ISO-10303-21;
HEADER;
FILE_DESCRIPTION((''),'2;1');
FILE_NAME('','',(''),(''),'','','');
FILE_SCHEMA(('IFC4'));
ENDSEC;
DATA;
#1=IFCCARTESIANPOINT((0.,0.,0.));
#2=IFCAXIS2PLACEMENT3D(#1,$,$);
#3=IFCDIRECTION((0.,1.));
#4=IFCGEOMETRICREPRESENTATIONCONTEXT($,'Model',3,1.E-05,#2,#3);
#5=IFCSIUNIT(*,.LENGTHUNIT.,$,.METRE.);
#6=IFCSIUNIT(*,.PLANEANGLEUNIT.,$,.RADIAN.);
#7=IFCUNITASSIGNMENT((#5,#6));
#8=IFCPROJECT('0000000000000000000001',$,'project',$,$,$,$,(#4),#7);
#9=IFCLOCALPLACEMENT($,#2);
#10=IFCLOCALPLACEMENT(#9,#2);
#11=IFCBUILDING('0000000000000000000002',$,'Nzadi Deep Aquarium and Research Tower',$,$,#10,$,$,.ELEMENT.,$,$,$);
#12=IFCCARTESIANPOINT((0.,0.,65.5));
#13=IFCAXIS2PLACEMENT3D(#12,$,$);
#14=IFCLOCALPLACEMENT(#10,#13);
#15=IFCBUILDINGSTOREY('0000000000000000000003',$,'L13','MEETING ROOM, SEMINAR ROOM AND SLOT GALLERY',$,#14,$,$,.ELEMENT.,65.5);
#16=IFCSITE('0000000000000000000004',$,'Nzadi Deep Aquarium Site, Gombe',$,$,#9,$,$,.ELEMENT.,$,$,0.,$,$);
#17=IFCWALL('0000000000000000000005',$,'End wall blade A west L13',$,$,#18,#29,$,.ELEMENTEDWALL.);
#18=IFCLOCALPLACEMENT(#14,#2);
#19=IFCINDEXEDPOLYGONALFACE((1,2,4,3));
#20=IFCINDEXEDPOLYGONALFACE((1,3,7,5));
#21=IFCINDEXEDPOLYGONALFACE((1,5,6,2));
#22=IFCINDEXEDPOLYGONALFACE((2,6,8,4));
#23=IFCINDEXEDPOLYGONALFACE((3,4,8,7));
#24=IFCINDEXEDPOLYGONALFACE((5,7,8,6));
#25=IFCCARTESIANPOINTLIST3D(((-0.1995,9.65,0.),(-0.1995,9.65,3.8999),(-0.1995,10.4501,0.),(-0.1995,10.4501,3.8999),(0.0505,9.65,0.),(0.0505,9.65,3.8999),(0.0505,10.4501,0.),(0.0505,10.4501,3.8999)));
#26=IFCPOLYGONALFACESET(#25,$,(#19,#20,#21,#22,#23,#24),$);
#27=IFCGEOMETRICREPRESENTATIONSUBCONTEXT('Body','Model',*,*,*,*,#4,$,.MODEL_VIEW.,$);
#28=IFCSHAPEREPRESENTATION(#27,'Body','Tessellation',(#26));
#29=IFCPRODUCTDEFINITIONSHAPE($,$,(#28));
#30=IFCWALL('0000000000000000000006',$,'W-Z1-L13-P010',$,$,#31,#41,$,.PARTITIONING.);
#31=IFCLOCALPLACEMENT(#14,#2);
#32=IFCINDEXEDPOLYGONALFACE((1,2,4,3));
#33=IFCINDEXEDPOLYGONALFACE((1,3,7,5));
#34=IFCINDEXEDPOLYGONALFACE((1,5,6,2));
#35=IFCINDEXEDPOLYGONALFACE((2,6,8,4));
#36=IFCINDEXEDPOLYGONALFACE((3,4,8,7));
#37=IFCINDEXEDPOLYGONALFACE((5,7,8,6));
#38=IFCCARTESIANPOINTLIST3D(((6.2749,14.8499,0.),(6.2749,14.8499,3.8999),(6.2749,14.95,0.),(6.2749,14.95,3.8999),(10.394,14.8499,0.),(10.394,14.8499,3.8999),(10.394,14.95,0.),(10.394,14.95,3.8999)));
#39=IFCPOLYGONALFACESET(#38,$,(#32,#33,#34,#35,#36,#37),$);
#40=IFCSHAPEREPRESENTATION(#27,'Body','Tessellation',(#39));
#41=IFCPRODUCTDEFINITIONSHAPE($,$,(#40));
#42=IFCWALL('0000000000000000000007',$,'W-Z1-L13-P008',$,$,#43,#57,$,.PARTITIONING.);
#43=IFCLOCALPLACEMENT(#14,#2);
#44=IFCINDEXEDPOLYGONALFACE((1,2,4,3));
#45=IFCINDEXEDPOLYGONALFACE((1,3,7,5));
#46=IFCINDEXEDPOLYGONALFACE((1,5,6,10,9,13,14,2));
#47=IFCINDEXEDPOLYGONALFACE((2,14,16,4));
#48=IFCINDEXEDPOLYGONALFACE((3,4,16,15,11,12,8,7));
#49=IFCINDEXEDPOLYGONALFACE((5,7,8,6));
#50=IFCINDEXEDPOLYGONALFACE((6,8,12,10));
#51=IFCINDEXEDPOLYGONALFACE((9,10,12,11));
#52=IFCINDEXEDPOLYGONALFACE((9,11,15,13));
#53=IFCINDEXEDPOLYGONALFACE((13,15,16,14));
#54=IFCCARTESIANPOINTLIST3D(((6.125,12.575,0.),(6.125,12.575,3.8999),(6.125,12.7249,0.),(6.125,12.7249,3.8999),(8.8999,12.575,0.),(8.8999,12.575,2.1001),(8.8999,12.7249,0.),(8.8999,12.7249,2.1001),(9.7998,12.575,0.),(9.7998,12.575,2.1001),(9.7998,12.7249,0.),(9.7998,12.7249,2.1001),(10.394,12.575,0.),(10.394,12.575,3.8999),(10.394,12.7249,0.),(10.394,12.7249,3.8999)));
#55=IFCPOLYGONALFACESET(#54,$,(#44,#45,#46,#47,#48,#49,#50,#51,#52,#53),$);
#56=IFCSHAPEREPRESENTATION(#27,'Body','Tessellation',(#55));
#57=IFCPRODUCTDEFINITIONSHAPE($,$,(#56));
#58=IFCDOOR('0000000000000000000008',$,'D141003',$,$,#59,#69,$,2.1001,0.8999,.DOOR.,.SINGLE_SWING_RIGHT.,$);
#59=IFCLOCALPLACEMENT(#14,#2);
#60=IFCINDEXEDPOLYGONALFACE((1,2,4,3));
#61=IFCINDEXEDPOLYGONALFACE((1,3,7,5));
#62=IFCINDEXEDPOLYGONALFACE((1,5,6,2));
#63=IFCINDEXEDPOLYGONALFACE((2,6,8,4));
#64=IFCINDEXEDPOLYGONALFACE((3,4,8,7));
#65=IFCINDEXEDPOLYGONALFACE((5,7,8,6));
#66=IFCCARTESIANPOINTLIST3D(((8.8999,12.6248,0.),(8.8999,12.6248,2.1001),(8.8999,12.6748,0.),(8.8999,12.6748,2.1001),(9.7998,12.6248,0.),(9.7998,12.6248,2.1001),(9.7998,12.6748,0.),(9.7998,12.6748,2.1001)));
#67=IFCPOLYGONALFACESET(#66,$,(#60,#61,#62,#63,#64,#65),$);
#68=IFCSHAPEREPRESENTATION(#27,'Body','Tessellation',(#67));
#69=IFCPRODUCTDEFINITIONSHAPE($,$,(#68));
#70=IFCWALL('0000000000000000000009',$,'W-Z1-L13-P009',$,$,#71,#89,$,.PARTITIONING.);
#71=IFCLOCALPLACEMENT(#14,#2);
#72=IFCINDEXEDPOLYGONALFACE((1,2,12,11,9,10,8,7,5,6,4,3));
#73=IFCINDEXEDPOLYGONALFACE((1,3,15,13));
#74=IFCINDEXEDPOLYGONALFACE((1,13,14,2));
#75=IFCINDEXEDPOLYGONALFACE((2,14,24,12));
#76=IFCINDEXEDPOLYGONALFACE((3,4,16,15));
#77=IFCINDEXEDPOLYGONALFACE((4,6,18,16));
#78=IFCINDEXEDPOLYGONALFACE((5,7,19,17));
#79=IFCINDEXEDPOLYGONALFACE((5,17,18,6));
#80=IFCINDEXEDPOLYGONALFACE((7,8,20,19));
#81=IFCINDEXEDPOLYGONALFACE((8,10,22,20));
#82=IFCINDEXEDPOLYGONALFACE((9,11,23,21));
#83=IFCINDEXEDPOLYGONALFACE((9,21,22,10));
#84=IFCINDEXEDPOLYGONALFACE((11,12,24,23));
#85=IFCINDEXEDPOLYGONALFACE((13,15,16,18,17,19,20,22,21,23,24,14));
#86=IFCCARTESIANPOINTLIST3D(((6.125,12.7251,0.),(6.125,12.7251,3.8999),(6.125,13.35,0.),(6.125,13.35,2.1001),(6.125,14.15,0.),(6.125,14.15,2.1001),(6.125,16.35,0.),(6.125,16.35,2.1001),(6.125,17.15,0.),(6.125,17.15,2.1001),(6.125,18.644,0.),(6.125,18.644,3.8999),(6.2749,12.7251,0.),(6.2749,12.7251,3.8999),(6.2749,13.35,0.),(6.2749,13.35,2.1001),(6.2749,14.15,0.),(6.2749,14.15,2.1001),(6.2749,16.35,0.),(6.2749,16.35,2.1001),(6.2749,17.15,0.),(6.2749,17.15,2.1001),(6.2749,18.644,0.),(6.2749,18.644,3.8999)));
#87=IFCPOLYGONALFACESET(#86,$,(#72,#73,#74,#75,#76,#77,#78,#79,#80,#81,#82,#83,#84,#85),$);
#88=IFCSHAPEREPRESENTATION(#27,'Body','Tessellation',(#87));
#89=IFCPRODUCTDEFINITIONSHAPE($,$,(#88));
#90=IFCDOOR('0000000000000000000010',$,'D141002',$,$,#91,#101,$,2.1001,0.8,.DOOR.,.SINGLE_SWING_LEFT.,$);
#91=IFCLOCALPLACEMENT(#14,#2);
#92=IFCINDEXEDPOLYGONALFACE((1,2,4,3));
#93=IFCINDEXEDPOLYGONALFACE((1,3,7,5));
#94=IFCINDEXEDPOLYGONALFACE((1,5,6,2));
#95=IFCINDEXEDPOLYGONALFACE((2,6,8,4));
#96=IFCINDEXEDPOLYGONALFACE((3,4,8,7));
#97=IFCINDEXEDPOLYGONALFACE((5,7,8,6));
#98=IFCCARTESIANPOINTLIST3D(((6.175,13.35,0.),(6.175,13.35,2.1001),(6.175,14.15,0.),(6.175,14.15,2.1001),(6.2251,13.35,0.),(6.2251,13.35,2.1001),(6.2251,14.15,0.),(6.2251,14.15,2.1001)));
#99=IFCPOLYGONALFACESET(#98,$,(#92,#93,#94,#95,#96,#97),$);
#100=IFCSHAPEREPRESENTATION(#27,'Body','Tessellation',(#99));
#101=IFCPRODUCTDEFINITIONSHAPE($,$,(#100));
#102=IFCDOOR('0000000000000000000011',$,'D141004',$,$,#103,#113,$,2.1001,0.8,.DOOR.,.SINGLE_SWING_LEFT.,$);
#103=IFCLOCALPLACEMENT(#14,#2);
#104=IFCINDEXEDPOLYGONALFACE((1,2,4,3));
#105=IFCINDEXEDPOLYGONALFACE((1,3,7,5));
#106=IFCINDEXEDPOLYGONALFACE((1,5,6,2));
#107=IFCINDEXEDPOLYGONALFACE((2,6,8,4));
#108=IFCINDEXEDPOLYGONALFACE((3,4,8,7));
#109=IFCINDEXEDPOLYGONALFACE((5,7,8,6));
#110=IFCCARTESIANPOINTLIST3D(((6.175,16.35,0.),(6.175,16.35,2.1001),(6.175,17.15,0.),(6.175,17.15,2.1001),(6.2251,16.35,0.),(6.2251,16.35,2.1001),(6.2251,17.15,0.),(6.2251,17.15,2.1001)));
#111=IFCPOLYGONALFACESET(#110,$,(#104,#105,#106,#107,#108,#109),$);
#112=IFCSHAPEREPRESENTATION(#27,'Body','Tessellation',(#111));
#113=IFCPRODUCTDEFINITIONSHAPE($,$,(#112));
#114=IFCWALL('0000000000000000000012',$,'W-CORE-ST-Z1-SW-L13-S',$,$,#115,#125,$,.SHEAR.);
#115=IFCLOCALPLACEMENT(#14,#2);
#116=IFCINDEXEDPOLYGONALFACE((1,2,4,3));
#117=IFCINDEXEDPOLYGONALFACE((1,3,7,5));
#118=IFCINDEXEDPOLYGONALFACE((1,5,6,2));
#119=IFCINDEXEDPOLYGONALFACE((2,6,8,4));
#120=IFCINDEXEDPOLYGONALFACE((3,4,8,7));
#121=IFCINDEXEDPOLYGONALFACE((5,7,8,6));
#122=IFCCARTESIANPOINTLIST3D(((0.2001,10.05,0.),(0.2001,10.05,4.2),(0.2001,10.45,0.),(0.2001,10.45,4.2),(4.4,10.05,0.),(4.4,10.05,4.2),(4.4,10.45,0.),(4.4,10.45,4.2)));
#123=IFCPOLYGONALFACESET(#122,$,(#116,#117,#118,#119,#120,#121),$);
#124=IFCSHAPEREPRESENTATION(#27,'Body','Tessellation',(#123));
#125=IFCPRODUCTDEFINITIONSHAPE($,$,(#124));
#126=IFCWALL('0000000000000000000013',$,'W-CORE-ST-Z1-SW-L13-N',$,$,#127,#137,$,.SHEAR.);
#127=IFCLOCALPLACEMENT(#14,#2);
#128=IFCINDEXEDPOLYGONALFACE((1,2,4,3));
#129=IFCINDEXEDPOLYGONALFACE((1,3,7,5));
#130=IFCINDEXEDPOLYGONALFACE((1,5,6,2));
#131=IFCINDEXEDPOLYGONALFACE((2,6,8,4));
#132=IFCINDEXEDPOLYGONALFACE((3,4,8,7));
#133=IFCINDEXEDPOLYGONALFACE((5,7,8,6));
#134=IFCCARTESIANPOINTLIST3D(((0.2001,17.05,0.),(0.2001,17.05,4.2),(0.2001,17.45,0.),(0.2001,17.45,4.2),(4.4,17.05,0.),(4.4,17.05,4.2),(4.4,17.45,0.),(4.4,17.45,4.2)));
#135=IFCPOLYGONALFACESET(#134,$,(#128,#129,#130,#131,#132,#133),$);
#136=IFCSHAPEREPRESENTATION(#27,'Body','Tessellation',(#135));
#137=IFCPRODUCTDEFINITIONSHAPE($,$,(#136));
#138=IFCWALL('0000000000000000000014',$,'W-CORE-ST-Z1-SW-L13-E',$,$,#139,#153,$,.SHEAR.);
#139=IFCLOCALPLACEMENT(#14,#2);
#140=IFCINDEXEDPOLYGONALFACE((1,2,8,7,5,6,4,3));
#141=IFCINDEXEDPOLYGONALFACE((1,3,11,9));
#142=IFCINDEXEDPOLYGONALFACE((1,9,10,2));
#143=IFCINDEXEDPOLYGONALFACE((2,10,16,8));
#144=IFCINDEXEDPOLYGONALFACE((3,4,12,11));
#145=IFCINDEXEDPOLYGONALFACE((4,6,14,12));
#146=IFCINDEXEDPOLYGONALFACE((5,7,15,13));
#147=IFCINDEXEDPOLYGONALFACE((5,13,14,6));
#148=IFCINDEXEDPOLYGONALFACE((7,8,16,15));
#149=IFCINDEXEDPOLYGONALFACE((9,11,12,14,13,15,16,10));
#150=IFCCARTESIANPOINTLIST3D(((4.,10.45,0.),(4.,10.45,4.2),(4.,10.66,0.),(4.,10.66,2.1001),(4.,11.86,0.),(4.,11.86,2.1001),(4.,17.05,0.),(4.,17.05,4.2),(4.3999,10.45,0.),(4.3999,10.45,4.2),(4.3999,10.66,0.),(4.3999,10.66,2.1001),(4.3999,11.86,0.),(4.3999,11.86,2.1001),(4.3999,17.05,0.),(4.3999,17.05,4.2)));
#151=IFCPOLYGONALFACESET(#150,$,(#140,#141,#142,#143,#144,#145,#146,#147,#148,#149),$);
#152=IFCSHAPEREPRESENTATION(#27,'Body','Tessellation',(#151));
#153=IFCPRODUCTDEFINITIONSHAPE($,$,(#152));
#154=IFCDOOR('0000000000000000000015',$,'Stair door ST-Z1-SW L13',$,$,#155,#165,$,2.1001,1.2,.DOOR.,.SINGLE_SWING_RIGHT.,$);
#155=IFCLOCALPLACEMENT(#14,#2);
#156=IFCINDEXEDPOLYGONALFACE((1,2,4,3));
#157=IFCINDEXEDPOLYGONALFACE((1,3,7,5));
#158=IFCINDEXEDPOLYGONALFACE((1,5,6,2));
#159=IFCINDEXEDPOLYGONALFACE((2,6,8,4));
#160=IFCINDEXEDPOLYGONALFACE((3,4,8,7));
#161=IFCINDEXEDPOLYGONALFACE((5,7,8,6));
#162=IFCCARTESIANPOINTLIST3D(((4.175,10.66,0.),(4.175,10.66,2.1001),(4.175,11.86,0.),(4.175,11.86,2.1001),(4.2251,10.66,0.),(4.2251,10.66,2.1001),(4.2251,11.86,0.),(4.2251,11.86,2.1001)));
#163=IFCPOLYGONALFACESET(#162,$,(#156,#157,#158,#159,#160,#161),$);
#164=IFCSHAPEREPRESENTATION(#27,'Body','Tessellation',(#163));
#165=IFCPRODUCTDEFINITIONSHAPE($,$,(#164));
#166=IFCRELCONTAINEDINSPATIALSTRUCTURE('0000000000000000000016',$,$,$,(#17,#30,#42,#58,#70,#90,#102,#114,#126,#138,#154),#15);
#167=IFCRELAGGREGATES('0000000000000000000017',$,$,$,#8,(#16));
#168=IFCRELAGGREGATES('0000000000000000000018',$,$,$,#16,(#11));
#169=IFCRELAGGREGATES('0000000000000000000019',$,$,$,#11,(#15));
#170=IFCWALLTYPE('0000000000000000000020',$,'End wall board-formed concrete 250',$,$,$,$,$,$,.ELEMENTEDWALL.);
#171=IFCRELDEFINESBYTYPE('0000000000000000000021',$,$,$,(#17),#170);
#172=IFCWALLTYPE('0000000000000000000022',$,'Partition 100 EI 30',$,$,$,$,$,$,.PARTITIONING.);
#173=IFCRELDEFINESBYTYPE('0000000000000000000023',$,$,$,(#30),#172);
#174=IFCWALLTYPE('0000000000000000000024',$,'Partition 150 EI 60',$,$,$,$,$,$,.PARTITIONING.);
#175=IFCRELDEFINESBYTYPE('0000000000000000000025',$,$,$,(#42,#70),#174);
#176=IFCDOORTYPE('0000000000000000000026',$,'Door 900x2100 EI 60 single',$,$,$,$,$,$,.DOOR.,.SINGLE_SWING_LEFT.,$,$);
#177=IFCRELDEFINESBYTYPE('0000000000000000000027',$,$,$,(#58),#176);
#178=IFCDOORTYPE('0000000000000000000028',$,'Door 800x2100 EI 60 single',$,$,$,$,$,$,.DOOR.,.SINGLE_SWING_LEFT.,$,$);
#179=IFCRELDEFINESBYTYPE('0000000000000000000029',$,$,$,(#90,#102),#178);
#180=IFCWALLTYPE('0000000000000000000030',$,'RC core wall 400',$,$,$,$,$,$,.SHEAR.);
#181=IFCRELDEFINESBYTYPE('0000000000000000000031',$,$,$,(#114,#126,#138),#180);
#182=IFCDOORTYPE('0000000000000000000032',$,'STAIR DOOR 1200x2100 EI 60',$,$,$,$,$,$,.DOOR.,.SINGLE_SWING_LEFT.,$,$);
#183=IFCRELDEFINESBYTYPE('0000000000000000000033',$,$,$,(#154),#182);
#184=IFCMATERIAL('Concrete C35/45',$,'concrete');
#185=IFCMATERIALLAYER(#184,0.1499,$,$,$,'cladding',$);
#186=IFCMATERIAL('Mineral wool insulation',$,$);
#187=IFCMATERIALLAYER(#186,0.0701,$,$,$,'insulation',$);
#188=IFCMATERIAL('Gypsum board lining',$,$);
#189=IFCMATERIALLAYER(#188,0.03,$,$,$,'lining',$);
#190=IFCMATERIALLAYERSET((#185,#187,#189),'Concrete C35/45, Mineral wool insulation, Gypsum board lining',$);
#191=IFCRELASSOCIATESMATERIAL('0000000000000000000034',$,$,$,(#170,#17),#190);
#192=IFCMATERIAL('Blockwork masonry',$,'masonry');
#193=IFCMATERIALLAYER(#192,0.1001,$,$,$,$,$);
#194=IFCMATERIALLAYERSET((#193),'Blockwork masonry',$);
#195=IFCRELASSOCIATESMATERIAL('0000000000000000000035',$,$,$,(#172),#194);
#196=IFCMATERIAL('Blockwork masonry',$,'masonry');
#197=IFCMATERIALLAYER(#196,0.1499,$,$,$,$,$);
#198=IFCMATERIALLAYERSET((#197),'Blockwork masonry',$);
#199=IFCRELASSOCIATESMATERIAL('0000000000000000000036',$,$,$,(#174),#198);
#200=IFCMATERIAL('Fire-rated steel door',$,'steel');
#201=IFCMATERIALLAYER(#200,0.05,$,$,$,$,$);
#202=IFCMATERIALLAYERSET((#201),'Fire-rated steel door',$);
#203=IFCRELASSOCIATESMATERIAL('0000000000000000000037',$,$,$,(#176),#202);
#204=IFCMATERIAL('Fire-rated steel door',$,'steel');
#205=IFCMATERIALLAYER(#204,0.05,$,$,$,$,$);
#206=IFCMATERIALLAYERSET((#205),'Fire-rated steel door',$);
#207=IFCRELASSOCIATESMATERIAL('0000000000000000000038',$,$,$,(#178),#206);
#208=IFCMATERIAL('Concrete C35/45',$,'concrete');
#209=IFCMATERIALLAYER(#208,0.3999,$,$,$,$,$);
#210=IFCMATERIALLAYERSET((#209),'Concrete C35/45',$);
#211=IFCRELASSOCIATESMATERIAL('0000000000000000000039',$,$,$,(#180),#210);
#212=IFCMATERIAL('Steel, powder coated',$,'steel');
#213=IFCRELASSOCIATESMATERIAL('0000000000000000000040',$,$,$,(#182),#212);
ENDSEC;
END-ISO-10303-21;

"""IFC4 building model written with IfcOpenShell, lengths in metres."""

from ifc_helpers import new_model, si_unit, direction, frame, frame_2d, origin, place, context, subcontext, project, spatial, rectangle, extrude, material, layer, layer_set, layer_usage, type_object, element, fill, save


model = new_model("IFC4")

# Units and contexts
model_context = context("Model", 3, precision=1e-05, world=origin(), true_north=direction((0.0, 1.0)))
body_context = subcontext(model_context, "Body", "Model", "MODEL_VIEW")
ifc_project = project(units=[si_unit("LENGTHUNIT", "METRE"), si_unit("PLANEANGLEUNIT", "RADIAN")], contexts=[model_context])

# Site, building, storey
site_placement = place(None, origin())
site = spatial("IfcSite", under=ifc_project, at=site_placement, Name="Nzadi Deep Aquarium Site, Gombe", CompositionType="ELEMENT", RefElevation=0.0)
building_placement = place(site_placement, origin())
building = spatial("IfcBuilding", under=site, at=building_placement, Name="Nzadi Deep Aquarium and Research Tower", CompositionType="ELEMENT")
storey_placement = place(building_placement, frame((0.0, 0.0, 65.5)))
storey = spatial("IfcBuildingStorey", under=building, at=storey_placement, Name="L13", Description="MEETING ROOM, SEMINAR ROOM AND SLOT GALLERY", CompositionType="ELEMENT", Elevation=65.5)

# Walls
ifc_material_1 = material(Name="Concrete C35/45", Category="concrete")
ifc_layer_1 = layer(ifc_material_1, 0.1499, Category="cladding")
ifc_material_2 = material(Name="Mineral wool insulation")
ifc_layer_2 = layer(ifc_material_2, 0.0701, Category="insulation")
ifc_material_3 = material(Name="Gypsum board lining")
ifc_layer_3 = layer(ifc_material_3, 0.03, Category="lining")
ifc_layer_set_1 = layer_set([ifc_layer_1, ifc_layer_2, ifc_layer_3], Name="Concrete C35/45, Mineral wool insulation, Gypsum board lining")
ifc_layer_usage = layer_usage(ifc_layer_set_1, "AXIS2", "POSITIVE", -0.125)
wall_type_1 = type_object("IfcWallType", Name="End wall board-formed concrete 250", PredefinedType="ELEMENTEDWALL", material=ifc_layer_set_1)
wall_1_placement = place(storey_placement, frame((-0.0745, 10.45, 0.0), z_axis=(0.0, 0.0, 1.0), x_axis=(0.0, -1.0, 0.0)))
element("IfcWall", 1, at=wall_1_placement, inside=storey, type_object=wall_type_1, material=ifc_layer_usage, Name="End wall blade A west L13", PredefinedType="ELEMENTEDWALL", context=body_context, shape_type="SweptSolid", body=[
    extrude(rectangle(XDim=0.8, YDim=0.25, at=frame_2d((0.3999, 0.0))), origin(), (0.0, 0.0, 1.0), 3.8999),
])
ifc_material_4 = material(Name="Blockwork masonry", Category="masonry")
ifc_layer_4 = layer(ifc_material_4, 0.1001)
ifc_layer_set_2 = layer_set([ifc_layer_4], Name="Blockwork masonry")
wall_type_2 = type_object("IfcWallType", Name="Partition 100 EI 30", PredefinedType="PARTITIONING", material=ifc_layer_set_2)
wall_2_placement = place(storey_placement, frame((6.2749, 14.8999, 0.0), z_axis=(0.0, 0.0, 1.0), x_axis=(1.0, 0.0, 0.0)))
element("IfcWall", 2, at=wall_2_placement, inside=storey, type_object=wall_type_2, Name="W-Z1-L13-P010", PredefinedType="PARTITIONING", context=body_context, shape_type="SweptSolid", body=[
    extrude(rectangle(XDim=4.1191, YDim=0.1001, at=frame_2d((2.0596, 0.0))), origin(), (0.0, 0.0, 1.0), 3.8999),
])

# Wall, opening, door
ifc_material_5 = material(Name="Blockwork masonry", Category="masonry")
ifc_layer_5 = layer(ifc_material_5, 0.1499)
ifc_layer_set_3 = layer_set([ifc_layer_5], Name="Blockwork masonry")
wall_type_3 = type_object("IfcWallType", Name="Partition 150 EI 60", PredefinedType="PARTITIONING", material=ifc_layer_set_3)
wall_3_placement = place(storey_placement, frame((6.125, 12.6499, 0.0), z_axis=(0.0, 0.0, 1.0), x_axis=(1.0, 0.0, 0.0)))
wall_3 = element("IfcWall", 3, at=wall_3_placement, inside=storey, type_object=wall_type_3, Name="W-Z1-L13-P008", PredefinedType="PARTITIONING", context=body_context, shape_type="SweptSolid", body=[
    extrude(rectangle(XDim=4.269, YDim=0.1499, at=frame_2d((2.1345, 0.0))), origin(), (0.0, 0.0, 1.0), 3.8999),
])
opening_1_placement = place(wall_3_placement, frame((2.7749, 0.0, 0.0)))
opening_1 = element("IfcOpeningElement", 4, at=opening_1_placement, cuts=wall_3, PredefinedType="OPENING", context=body_context, shape_type="SweptSolid", body=[
    extrude(rectangle(XDim=0.8999, YDim=2.1001, at=frame_2d((0.45, 1.05))), frame((0.0, 0.085, 0.0), z_axis=(0.0, -1.0, 0.0), x_axis=(1.0, 0.0, 0.0)), (0.0, 0.0, 1.0), 0.1699),
])
ifc_material_6 = material(Name="Fire-rated steel door", Category="steel")
ifc_layer_6 = layer(ifc_material_6, 0.05)
ifc_layer_set_4 = layer_set([ifc_layer_6], Name="Fire-rated steel door")
door_type_1 = type_object("IfcDoorType", Name="Door 900x2100 EI 60 single", OperationType="SINGLE_SWING_LEFT", PredefinedType="DOOR", material=ifc_layer_set_4)
door_1_placement = place(opening_1_placement, origin())
door_1 = element("IfcDoor", 5, at=door_1_placement, inside=storey, type_object=door_type_1, Name="D141003", OperationType="SINGLE_SWING_RIGHT", OverallHeight=2.1001, OverallWidth=0.8999, PredefinedType="DOOR", context=body_context, shape_type="SweptSolid", body=[
    extrude(rectangle(XDim=0.8999, YDim=2.1001, at=frame_2d((0.45, 1.05))), frame((0.0, 0.0249, 0.0), z_axis=(0.0, -1.0, 0.0), x_axis=(1.0, 0.0, 0.0)), (0.0, 0.0, 1.0), 0.05),
])
fill(opening_1, door_1)

# Wall, openings, doors
wall_4_placement = place(storey_placement, frame((6.2, 12.7251, 0.0), z_axis=(0.0, 0.0, 1.0), x_axis=(0.0, 1.0, 0.0)))
wall_4 = element("IfcWall", 6, at=wall_4_placement, inside=storey, type_object=wall_type_3, Name="W-Z1-L13-P009", PredefinedType="PARTITIONING", context=body_context, shape_type="SweptSolid", body=[
    extrude(rectangle(XDim=5.9189, YDim=0.1499, at=frame_2d((2.9595, 0.0))), origin(), (0.0, 0.0, 1.0), 3.8999),
])
opening_2_placement = place(wall_4_placement, frame((0.625, 0.0, 0.0)))
opening_2 = element("IfcOpeningElement", 7, at=opening_2_placement, cuts=wall_4, PredefinedType="OPENING", context=body_context, shape_type="SweptSolid", body=[
    extrude(rectangle(XDim=0.8, YDim=2.1001, at=frame_2d((0.3999, 1.05))), frame((0.0, 0.085, 0.0), z_axis=(0.0, -1.0, 0.0), x_axis=(1.0, 0.0, 0.0)), (0.0, 0.0, 1.0), 0.1699),
])
opening_3_placement = place(wall_4_placement, frame((3.625, 0.0, 0.0)))
opening_3 = element("IfcOpeningElement", 8, at=opening_3_placement, cuts=wall_4, PredefinedType="OPENING", context=body_context, shape_type="SweptSolid", body=[
    extrude(rectangle(XDim=0.8, YDim=2.1001, at=frame_2d((0.3999, 1.05))), frame((0.0, 0.085, 0.0), z_axis=(0.0, -1.0, 0.0), x_axis=(1.0, 0.0, 0.0)), (0.0, 0.0, 1.0), 0.1699),
])
ifc_material_7 = material(Name="Fire-rated steel door", Category="steel")
ifc_layer_7 = layer(ifc_material_7, 0.05)
ifc_layer_set_5 = layer_set([ifc_layer_7], Name="Fire-rated steel door")
door_type_2 = type_object("IfcDoorType", Name="Door 800x2100 EI 60 single", OperationType="SINGLE_SWING_LEFT", PredefinedType="DOOR", material=ifc_layer_set_5)
door_2_placement = place(opening_2_placement, origin())
door_2 = element("IfcDoor", 9, at=door_2_placement, inside=storey, type_object=door_type_2, Name="D141002", OperationType="SINGLE_SWING_LEFT", OverallHeight=2.1001, OverallWidth=0.8, PredefinedType="DOOR", context=body_context, shape_type="SweptSolid", body=[
    extrude(rectangle(XDim=0.8, YDim=2.1001, at=frame_2d((0.3999, 1.05))), frame((0.0, 0.0249, 0.0), z_axis=(0.0, -1.0, 0.0), x_axis=(1.0, 0.0, 0.0)), (0.0, 0.0, 1.0), 0.05),
])
fill(opening_2, door_2)
door_3_placement = place(opening_3_placement, origin())
door_3 = element("IfcDoor", 10, at=door_3_placement, inside=storey, type_object=door_type_2, Name="D141004", OperationType="SINGLE_SWING_LEFT", OverallHeight=2.1001, OverallWidth=0.8, PredefinedType="DOOR", context=body_context, shape_type="SweptSolid", body=[
    extrude(rectangle(XDim=0.8, YDim=2.1001, at=frame_2d((0.3999, 1.05))), frame((0.0, 0.0249, 0.0), z_axis=(0.0, -1.0, 0.0), x_axis=(1.0, 0.0, 0.0)), (0.0, 0.0, 1.0), 0.05),
])
fill(opening_3, door_3)

# Walls
ifc_material_8 = material(Name="Concrete C35/45", Category="concrete")
ifc_layer_8 = layer(ifc_material_8, 0.3999)
ifc_layer_set_6 = layer_set([ifc_layer_8], Name="Concrete C35/45")
wall_type_4 = type_object("IfcWallType", Name="RC core wall 400", PredefinedType="SHEAR", material=ifc_layer_set_6)
for number, where, z_axis, x_axis, name in (
    (11, (0.2, 10.25, 0.0), (0.0, 0.0, 1.0), (1.0, 0.0, 0.0), "W-CORE-ST-Z1-SW-L13-S"),
    (12, (0.2, 17.25, 0.0), (0.0, 0.0, 1.0), (1.0, 0.0, 0.0), "W-CORE-ST-Z1-SW-L13-N"),
):
    element("IfcWall", number, at=place(storey_placement, frame(where, z_axis=z_axis, x_axis=x_axis)), inside=storey, type_object=wall_type_4, Name=name, PredefinedType="SHEAR", context=body_context, shape_type="SweptSolid", body=[
        extrude(rectangle(XDim=4.2, YDim=0.3999, at=frame_2d((2.1001, 0.0))), origin(), (0.0, 0.0, 1.0), 4.2),
    ])

# Wall, opening, door
wall_5_placement = place(storey_placement, frame((4.2, 10.45, 0.0), z_axis=(0.0, 0.0, 1.0), x_axis=(0.0, 1.0, 0.0)))
wall_5 = element("IfcWall", 13, at=wall_5_placement, inside=storey, type_object=wall_type_4, Name="W-CORE-ST-Z1-SW-L13-E", PredefinedType="SHEAR", context=body_context, shape_type="SweptSolid", body=[
    extrude(rectangle(XDim=6.6001, YDim=0.3999, at=frame_2d((3.3, 0.0))), origin(), (0.0, 0.0, 1.0), 4.2),
])
opening_4_placement = place(wall_5_placement, frame((0.21, 0.0, 0.0)))
opening_4 = element("IfcOpeningElement", 14, at=opening_4_placement, cuts=wall_5, PredefinedType="OPENING", context=body_context, shape_type="SweptSolid", body=[
    extrude(rectangle(XDim=1.2, YDim=2.1001, at=frame_2d((0.6001, 1.05))), frame((0.0, 0.21, 0.0), z_axis=(0.0, -1.0, 0.0), x_axis=(1.0, 0.0, 0.0)), (0.0, 0.0, 1.0), 0.4199),
])
ifc_material_9 = material(Name="Steel, powder coated", Category="steel")
door_type_3 = type_object("IfcDoorType", Name="STAIR DOOR 1200x2100 EI 60", OperationType="SINGLE_SWING_LEFT", PredefinedType="DOOR", material=ifc_material_9)
door_4_placement = place(opening_4_placement, origin())
door_4 = element("IfcDoor", 15, at=door_4_placement, inside=storey, type_object=door_type_3, Name="Stair door ST-Z1-SW L13", OperationType="SINGLE_SWING_RIGHT", OverallHeight=2.1001, OverallWidth=1.2, PredefinedType="DOOR", context=body_context, shape_type="SweptSolid", body=[
    extrude(rectangle(XDim=1.2, YDim=2.1001, at=frame_2d((0.6001, 1.05))), frame((0.0, 0.0249, 0.0), z_axis=(0.0, -1.0, 0.0), x_axis=(1.0, 0.0, 0.0)), (0.0, 0.0, 1.0), 0.05),
])
fill(opening_4, door_4)

save(model, "model.ifc")
